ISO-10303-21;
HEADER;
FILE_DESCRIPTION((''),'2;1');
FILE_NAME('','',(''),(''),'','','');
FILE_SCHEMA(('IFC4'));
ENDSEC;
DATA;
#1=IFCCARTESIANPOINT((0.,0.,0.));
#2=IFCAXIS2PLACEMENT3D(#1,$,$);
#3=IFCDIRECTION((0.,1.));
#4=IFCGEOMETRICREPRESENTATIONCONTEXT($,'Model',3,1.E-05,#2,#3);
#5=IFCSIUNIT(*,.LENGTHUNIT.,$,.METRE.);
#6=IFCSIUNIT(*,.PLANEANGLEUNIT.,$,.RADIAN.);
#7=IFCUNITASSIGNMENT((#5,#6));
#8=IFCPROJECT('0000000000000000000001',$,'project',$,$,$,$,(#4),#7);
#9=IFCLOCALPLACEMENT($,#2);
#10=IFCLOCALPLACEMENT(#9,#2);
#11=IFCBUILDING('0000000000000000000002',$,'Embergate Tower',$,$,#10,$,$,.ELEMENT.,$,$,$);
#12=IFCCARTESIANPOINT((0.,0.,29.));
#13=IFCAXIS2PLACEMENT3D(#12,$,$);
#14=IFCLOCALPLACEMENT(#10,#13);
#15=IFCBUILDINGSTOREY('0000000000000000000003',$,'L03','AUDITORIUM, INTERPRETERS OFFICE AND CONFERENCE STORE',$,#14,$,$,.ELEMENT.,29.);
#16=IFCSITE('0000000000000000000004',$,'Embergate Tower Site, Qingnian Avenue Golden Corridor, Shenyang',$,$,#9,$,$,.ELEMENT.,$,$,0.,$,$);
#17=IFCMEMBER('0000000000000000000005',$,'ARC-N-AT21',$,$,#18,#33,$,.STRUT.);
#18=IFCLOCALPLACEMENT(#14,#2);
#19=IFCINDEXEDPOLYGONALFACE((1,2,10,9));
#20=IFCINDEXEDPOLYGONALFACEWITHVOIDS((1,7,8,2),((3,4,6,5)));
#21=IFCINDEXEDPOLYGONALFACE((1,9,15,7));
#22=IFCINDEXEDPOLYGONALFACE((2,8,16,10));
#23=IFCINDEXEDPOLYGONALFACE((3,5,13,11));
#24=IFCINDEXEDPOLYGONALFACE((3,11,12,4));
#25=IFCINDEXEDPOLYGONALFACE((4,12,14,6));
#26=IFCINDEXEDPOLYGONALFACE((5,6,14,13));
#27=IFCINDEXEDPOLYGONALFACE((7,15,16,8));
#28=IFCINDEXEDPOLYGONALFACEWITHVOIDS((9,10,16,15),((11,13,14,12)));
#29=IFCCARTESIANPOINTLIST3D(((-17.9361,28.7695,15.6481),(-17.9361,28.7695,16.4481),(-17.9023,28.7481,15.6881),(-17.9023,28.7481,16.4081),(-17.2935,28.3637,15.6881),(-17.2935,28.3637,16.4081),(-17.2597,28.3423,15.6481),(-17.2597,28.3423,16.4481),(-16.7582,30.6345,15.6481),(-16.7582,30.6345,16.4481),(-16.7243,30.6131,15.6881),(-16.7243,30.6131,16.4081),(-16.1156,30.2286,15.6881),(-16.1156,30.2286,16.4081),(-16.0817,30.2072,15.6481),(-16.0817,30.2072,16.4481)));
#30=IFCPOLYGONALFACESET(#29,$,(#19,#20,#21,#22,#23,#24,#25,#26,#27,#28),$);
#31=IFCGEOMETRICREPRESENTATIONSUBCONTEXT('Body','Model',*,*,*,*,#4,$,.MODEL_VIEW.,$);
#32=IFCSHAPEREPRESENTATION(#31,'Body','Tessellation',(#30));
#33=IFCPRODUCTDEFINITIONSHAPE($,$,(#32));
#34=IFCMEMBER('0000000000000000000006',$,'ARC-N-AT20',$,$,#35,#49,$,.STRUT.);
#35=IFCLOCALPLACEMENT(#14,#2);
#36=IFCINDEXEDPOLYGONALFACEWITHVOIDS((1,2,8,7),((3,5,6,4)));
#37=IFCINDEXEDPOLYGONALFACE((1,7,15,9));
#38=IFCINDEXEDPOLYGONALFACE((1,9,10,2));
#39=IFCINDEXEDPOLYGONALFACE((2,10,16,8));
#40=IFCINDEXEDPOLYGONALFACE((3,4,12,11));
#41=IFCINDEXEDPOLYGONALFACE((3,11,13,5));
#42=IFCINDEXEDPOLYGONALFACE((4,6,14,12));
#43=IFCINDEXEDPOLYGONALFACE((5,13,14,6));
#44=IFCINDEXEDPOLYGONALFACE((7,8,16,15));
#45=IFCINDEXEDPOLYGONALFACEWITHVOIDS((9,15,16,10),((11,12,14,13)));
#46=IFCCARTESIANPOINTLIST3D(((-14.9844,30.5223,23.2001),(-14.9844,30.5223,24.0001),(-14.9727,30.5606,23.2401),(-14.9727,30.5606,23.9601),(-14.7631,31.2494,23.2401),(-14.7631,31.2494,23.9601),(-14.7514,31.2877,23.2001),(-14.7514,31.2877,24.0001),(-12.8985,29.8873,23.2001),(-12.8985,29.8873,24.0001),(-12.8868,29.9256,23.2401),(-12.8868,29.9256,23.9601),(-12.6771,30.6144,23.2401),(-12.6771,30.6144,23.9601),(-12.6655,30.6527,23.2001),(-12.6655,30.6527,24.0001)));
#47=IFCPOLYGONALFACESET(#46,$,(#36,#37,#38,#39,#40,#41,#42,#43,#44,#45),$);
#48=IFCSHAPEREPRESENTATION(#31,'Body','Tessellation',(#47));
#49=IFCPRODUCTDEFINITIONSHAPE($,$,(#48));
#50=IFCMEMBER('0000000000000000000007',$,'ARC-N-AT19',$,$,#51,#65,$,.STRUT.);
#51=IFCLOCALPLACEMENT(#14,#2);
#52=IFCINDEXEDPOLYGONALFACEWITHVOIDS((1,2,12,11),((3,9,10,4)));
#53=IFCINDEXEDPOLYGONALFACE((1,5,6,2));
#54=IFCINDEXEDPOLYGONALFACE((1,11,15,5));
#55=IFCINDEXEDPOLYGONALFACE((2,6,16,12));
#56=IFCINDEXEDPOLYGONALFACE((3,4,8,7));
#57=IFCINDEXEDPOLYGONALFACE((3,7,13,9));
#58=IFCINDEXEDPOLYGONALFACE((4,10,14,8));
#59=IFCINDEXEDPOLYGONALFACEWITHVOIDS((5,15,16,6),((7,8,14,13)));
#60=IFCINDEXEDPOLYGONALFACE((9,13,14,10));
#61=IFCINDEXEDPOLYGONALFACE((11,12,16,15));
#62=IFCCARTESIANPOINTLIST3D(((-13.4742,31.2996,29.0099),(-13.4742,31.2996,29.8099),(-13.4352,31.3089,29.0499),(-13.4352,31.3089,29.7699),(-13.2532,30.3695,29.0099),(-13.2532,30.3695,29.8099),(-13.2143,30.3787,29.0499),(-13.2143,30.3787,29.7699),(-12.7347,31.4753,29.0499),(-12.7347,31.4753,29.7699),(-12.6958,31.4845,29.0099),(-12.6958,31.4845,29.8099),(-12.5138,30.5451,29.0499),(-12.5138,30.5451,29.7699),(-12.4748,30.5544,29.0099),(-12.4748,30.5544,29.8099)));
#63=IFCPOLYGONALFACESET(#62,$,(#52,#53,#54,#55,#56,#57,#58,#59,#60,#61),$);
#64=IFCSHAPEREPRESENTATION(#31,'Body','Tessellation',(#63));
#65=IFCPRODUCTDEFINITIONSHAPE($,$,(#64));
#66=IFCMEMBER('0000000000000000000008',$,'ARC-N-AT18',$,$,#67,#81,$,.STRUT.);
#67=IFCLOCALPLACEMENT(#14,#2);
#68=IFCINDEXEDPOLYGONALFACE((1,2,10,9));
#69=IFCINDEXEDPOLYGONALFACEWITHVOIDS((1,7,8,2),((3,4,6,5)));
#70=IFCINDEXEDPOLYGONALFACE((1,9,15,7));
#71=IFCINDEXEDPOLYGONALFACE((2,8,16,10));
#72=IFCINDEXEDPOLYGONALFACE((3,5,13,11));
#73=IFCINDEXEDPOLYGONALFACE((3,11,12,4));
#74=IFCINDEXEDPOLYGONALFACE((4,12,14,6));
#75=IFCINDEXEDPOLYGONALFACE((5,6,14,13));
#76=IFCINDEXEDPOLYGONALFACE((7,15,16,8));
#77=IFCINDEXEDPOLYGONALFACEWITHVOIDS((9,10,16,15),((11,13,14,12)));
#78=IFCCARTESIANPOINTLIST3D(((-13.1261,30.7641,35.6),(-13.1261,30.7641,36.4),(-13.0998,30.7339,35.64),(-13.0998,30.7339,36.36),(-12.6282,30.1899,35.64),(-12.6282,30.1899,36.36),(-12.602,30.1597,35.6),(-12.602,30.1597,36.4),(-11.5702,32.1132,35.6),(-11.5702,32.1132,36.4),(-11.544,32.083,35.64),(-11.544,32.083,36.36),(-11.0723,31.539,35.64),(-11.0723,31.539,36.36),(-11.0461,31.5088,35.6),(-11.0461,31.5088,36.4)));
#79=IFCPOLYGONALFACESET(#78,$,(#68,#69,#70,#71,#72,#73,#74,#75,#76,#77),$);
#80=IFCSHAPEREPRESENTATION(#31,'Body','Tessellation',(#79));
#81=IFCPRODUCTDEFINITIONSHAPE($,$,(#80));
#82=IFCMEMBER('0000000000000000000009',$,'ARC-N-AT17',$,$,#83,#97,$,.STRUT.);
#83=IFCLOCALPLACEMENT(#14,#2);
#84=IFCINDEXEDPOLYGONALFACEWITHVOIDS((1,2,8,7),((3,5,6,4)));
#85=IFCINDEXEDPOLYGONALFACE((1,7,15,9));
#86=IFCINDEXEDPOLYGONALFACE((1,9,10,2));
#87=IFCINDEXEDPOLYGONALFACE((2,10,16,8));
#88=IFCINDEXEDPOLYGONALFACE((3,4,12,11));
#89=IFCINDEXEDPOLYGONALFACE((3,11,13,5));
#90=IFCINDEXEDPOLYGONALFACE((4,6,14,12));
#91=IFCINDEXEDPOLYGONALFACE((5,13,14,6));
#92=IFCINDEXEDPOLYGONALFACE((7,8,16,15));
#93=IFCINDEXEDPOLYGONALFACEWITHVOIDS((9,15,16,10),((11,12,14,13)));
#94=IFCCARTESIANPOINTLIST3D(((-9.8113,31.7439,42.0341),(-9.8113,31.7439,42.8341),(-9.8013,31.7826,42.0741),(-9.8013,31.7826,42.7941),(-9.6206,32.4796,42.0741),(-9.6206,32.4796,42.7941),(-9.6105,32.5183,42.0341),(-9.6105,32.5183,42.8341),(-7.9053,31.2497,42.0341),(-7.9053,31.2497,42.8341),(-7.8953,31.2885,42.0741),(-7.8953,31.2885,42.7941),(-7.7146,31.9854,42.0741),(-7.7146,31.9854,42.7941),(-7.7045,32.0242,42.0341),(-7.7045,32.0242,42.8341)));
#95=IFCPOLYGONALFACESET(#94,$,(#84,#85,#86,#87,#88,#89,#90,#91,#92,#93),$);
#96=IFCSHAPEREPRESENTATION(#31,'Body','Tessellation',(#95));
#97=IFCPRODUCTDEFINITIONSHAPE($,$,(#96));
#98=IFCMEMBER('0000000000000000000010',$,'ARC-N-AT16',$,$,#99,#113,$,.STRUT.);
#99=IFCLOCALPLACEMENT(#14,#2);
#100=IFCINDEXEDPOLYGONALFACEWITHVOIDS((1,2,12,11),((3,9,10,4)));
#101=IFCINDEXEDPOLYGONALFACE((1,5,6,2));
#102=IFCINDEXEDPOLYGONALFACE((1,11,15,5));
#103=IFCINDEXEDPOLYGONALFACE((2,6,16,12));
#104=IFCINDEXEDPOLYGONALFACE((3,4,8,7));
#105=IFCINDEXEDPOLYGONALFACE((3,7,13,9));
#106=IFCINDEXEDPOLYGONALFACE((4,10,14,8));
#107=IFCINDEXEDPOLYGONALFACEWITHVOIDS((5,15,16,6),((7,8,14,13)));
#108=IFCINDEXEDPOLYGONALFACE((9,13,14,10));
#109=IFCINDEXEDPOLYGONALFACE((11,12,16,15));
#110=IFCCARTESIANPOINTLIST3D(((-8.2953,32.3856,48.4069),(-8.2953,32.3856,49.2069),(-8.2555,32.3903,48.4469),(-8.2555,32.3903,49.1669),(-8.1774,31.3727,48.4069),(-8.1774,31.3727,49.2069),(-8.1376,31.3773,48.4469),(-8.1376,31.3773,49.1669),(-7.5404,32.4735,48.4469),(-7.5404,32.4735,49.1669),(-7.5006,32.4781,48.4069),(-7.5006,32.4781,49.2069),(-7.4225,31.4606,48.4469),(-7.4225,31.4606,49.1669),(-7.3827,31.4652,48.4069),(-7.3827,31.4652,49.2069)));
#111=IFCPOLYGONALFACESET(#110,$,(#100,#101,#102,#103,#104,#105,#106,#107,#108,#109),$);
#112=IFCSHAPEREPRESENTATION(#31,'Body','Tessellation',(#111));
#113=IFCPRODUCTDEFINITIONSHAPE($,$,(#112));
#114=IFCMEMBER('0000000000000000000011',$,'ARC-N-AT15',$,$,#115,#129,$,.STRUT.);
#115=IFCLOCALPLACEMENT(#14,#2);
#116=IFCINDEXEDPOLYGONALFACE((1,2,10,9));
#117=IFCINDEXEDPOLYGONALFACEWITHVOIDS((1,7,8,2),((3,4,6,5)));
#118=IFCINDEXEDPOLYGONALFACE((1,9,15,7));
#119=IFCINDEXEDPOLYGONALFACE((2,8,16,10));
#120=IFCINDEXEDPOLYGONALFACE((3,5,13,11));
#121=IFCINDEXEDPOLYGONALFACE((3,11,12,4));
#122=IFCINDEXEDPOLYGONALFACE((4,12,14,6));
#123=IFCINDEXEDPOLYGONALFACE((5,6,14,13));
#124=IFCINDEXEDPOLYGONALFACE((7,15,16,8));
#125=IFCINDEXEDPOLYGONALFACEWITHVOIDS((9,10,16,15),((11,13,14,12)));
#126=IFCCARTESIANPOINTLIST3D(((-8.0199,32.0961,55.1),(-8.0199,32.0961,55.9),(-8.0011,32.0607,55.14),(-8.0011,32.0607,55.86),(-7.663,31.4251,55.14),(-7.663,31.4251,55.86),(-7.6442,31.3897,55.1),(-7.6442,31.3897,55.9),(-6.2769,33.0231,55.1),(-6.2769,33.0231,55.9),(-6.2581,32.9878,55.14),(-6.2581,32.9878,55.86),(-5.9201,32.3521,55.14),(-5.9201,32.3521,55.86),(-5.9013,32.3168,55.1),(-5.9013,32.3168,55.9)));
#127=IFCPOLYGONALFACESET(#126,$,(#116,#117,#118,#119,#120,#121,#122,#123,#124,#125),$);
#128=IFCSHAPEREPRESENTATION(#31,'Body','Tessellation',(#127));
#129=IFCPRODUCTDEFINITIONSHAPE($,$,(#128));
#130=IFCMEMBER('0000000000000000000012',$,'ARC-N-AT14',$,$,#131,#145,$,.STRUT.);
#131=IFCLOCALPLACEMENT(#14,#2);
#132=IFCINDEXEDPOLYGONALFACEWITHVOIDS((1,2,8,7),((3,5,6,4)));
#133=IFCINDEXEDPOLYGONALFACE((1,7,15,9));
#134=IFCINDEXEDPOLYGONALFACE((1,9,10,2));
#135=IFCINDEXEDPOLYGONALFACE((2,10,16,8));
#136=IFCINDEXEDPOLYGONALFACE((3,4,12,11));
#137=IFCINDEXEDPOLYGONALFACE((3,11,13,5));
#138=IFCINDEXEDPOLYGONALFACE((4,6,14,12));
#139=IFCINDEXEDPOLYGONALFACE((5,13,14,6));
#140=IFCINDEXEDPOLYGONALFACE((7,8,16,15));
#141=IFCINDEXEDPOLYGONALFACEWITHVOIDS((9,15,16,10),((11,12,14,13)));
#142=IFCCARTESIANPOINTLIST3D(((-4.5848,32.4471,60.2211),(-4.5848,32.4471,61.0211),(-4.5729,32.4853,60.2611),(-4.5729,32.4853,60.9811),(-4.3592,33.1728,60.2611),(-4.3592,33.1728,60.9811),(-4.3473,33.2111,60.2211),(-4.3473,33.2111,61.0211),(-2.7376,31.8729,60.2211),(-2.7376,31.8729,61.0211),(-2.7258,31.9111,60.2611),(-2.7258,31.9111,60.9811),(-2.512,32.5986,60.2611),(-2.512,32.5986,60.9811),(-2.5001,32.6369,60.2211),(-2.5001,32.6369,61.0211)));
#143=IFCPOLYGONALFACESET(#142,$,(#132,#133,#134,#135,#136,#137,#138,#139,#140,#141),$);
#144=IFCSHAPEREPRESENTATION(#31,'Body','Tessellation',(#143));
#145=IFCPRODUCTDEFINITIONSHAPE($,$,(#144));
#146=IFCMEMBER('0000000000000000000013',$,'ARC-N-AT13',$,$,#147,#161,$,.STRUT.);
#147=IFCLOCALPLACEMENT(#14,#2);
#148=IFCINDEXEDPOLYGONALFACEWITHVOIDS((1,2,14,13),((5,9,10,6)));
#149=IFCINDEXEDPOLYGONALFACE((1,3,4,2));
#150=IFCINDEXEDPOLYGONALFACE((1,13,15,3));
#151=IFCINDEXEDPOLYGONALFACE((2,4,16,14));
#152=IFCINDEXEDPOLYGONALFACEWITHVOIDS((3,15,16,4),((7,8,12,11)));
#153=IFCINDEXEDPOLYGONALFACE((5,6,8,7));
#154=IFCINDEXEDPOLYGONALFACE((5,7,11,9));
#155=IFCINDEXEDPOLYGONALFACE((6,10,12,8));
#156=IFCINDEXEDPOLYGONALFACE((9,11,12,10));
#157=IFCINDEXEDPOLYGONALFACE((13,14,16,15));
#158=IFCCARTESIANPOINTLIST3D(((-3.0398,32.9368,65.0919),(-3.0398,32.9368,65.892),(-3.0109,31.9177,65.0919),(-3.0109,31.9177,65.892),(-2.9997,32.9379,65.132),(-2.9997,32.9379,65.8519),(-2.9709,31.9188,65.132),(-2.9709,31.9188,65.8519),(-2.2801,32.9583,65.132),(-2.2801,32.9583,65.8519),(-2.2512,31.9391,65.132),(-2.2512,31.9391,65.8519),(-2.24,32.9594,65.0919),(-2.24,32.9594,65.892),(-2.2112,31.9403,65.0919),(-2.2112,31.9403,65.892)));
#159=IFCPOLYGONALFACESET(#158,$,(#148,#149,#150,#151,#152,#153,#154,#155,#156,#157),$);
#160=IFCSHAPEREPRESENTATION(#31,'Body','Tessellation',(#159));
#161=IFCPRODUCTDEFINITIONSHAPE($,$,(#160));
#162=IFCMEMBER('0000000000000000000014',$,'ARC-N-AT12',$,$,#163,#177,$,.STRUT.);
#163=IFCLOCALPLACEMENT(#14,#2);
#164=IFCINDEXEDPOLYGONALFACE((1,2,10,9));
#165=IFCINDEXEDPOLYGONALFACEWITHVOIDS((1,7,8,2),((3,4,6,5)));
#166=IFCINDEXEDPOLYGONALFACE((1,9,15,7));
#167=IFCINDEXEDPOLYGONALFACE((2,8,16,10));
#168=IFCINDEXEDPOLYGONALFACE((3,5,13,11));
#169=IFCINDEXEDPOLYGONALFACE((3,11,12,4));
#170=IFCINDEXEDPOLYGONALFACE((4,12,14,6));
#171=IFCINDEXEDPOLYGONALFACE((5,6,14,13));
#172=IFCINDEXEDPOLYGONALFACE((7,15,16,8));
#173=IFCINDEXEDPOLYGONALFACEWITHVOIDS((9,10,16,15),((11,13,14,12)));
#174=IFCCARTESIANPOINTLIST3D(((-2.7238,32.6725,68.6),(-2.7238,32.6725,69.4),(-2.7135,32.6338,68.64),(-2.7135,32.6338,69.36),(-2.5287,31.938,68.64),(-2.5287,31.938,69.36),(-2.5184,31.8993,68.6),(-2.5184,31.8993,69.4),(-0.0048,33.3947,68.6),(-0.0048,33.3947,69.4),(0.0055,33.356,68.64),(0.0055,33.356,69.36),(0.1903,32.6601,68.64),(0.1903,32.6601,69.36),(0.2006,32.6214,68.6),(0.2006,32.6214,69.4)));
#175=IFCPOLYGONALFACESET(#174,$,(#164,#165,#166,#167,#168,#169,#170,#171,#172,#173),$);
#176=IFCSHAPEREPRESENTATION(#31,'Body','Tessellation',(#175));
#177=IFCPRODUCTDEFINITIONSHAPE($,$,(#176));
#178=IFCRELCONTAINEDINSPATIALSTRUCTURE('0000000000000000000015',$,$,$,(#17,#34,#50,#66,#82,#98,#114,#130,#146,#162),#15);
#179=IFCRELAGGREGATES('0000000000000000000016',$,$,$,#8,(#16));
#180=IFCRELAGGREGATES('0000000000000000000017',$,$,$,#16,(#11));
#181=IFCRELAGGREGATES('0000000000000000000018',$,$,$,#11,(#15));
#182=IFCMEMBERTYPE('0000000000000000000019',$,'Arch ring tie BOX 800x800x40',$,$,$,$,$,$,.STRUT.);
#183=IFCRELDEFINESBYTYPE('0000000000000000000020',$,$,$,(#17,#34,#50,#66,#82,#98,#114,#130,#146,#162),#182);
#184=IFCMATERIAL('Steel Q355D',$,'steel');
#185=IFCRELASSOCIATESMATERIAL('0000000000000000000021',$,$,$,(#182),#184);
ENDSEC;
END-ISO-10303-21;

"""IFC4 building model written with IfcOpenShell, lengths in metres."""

from ifc_helpers import new_model, si_unit, direction, frame, origin, origin_2d, place, context, subcontext, project, spatial, hollow_rectangle, extrude, source, transform, mapped, material, material_profile, profile_set, type_object, element, save


model = new_model("IFC4")

# Units and contexts
model_context = context("Model", 3, precision=1e-05, world=origin(), true_north=direction((0.0, 1.0)))
body_context = subcontext(model_context, "Body", "Model", "MODEL_VIEW")
ifc_project = project(units=[si_unit("LENGTHUNIT", "METRE"), si_unit("PLANEANGLEUNIT", "RADIAN")], contexts=[model_context])

# Site, building, storey
site_placement = place(None, origin())
site = spatial("IfcSite", under=ifc_project, at=site_placement, Name="Embergate Tower Site, Qingnian Avenue Golden Corridor, Shenyang", CompositionType="ELEMENT", RefElevation=0.0)
building_placement = place(site_placement, origin())
building = spatial("IfcBuilding", under=site, at=building_placement, Name="Embergate Tower", CompositionType="ELEMENT")
storey_placement = place(building_placement, frame((0.0, 0.0, 29.0)))
storey = spatial("IfcBuildingStorey", under=building, at=storey_placement, Name="L03", Description="AUDITORIUM, INTERPRETERS OFFICE AND CONFERENCE STORE", CompositionType="ELEMENT", Elevation=29.0)

# Members
ifc_material_1 = material(Name="Steel Q355D", Category="steel")
ifc_material_profile_1 = material_profile(ifc_material_1, hollow_rectangle(XDim=0.8, YDim=0.8, WallThickness=0.04, at=origin_2d()), Name="BOX 800x800x40")
ifc_profile_set_1 = profile_set([ifc_material_profile_1], Name="Steel Q355 grade D")
member_type_1 = type_object("IfcMemberType", Name="Arch ring tie BOX 800x800x40", PredefinedType="STRUT", material=ifc_profile_set_1)
shared_shape_1 = source(origin(), body_context, "Body", "SweptSolid", [
    extrude(hollow_rectangle(XDim=0.8, YDim=0.8, WallThickness=0.04, at=origin_2d()), origin(), (0.0, 0.0, 1.0), 2.2058),
])
member_1_placement = place(storey_placement, frame((-17.5979, 28.5559, 16.0481), z_axis=(0.534022, 0.84547, 0.0), x_axis=(-0.84547, 0.534022, 0.0)))
element("IfcMember", 1, at=member_1_placement, inside=storey, type_object=member_type_1, Name="ARC-N-AT21", PredefinedType="STRUT", context=body_context, shape_type="MappedRepresentation", body=[
    mapped(shared_shape_1, transform((0.0, 0.0, 0.0))),
])
shared_shape_2 = source(origin(), body_context, "Body", "SweptSolid", [
    extrude(hollow_rectangle(XDim=0.8, YDim=0.8, WallThickness=0.04, at=origin_2d()), origin(), (0.0, 0.0, 1.0), 2.1804),
])
member_2_placement = place(storey_placement, frame((-12.782, 30.27, 23.6001), z_axis=(-0.956654, 0.291228, 0.0), x_axis=(-0.291228, -0.956654, 0.0)))
element("IfcMember", 2, at=member_2_placement, inside=storey, type_object=member_type_1, Name="ARC-N-AT20", PredefinedType="STRUT", context=body_context, shape_type="MappedRepresentation", body=[
    mapped(shared_shape_2, transform((0.0, 0.0, 0.0))),
])
shared_shape_3 = source(origin(), body_context, "Body", "SweptSolid", [
    extrude(hollow_rectangle(XDim=0.8, YDim=0.8, WallThickness=0.04, at=origin_2d()), origin(), (0.0, 0.0, 1.0), 0.9561),
])
member_3_placement = place(storey_placement, frame((-12.864, 30.4619, 29.4099), z_axis=(-0.231103, 0.972929, 0.0), x_axis=(-0.972929, -0.231103, 0.0)))
element("IfcMember", 3, at=member_3_placement, inside=storey, type_object=member_type_1, Name="ARC-N-AT19", PredefinedType="STRUT", context=body_context, shape_type="MappedRepresentation", body=[
    mapped(shared_shape_3, transform((0.0, 0.0, 0.0))),
])
shared_shape_4 = source(origin(), body_context, "Body", "SweptSolid", [
    extrude(hollow_rectangle(XDim=0.8, YDim=0.8, WallThickness=0.04, at=origin_2d()), origin(), (0.0, 0.0, 1.0), 2.0593),
])
member_4_placement = place(storey_placement, frame((-12.864, 30.4619, 36.0), z_axis=(0.755529, 0.655116, 0.0), x_axis=(-0.655116, 0.755529, 0.0)))
element("IfcMember", 4, at=member_4_placement, inside=storey, type_object=member_type_1, Name="ARC-N-AT18", PredefinedType="STRUT", context=body_context, shape_type="MappedRepresentation", body=[
    mapped(shared_shape_4, transform((0.0, 0.0, 0.0))),
])
shared_shape_5 = source(origin(), body_context, "Body", "SweptSolid", [
    extrude(hollow_rectangle(XDim=0.8, YDim=0.8, WallThickness=0.04, at=origin_2d()), origin(), (0.0, 0.0, 1.0), 1.969),
])
member_5_placement = place(storey_placement, frame((-7.8049, 31.637, 42.4341), z_axis=(-0.967998, 0.250958, 0.0), x_axis=(-0.250958, -0.967998, 0.0)))
element("IfcMember", 5, at=member_5_placement, inside=storey, type_object=member_type_1, Name="ARC-N-AT17", PredefinedType="STRUT", context=body_context, shape_type="MappedRepresentation", body=[
    mapped(shared_shape_5, transform((0.0, 0.0, 0.0))),
])
shared_shape_6 = source(origin(), body_context, "Body", "SweptSolid", [
    extrude(hollow_rectangle(XDim=0.8, YDim=0.8, WallThickness=0.04, at=origin_2d()), origin(), (0.0, 0.0, 1.0), 1.0198),
])
member_6_placement = place(storey_placement, frame((-7.78, 31.4189, 48.8069), z_axis=(-0.115633, 0.993292, 0.0), x_axis=(-0.993292, -0.115633, 0.0)))
element("IfcMember", 6, at=member_6_placement, inside=storey, type_object=member_type_1, Name="ARC-N-AT16", PredefinedType="STRUT", context=body_context, shape_type="MappedRepresentation", body=[
    mapped(shared_shape_6, transform((0.0, 0.0, 0.0))),
])
shared_shape_7 = source(origin(), body_context, "Body", "SweptSolid", [
    extrude(hollow_rectangle(XDim=0.8, YDim=0.8, WallThickness=0.04, at=origin_2d()), origin(), (0.0, 0.0, 1.0), 1.9741),
])
member_7_placement = place(storey_placement, frame((-7.832, 31.7429, 55.5), z_axis=(0.88289, 0.46958, 0.0), x_axis=(-0.46958, 0.88289, 0.0)))
element("IfcMember", 7, at=member_7_placement, inside=storey, type_object=member_type_1, Name="ARC-N-AT15", PredefinedType="STRUT", context=body_context, shape_type="MappedRepresentation", body=[
    mapped(shared_shape_7, transform((0.0, 0.0, 0.0))),
])
shared_shape_8 = source(origin(), body_context, "Body", "SweptSolid", [
    extrude(hollow_rectangle(XDim=0.8, YDim=0.8, WallThickness=0.04, at=origin_2d()), origin(), (0.0, 0.0, 1.0), 1.9343),
])
member_8_placement = place(storey_placement, frame((-2.6189, 32.2549, 60.6211), z_axis=(-0.954924, 0.296852, 0.0), x_axis=(-0.296852, -0.954924, 0.0)))
element("IfcMember", 8, at=member_8_placement, inside=storey, type_object=member_type_1, Name="ARC-N-AT14", PredefinedType="STRUT", context=body_context, shape_type="MappedRepresentation", body=[
    mapped(shared_shape_8, transform((0.0, 0.0, 0.0))),
])
shared_shape_9 = source(origin(), body_context, "Body", "SweptSolid", [
    extrude(hollow_rectangle(XDim=0.8, YDim=0.8, WallThickness=0.04, at=origin_2d()), origin(), (0.0, 0.0, 1.0), 1.0195),
])
member_9_placement = place(storey_placement, frame((-2.6111, 31.929, 65.4919), z_axis=(-0.028259, 0.999601, 0.0), x_axis=(-0.999601, -0.028259, 0.0)))
element("IfcMember", 9, at=member_9_placement, inside=storey, type_object=member_type_1, Name="ARC-N-AT13", PredefinedType="STRUT", context=body_context, shape_type="MappedRepresentation", body=[
    mapped(shared_shape_9, transform((0.0, 0.0, 0.0))),
])
shared_shape_10 = source(origin(), body_context, "Body", "SweptSolid", [
    extrude(hollow_rectangle(XDim=0.8, YDim=0.8, WallThickness=0.04, at=origin_2d()), origin(), (0.0, 0.0, 1.0), 2.8132),
])
member_10_placement = place(storey_placement, frame((-2.6211, 32.2859, 69.0), z_axis=(0.966491, 0.256701, 0.0), x_axis=(-0.256701, 0.966491, 0.0)))
element("IfcMember", 10, at=member_10_placement, inside=storey, type_object=member_type_1, Name="ARC-N-AT12", PredefinedType="STRUT", context=body_context, shape_type="MappedRepresentation", body=[
    mapped(shared_shape_10, transform((0.0, 0.0, 0.0))),
])

save(model, "model.ifc")
